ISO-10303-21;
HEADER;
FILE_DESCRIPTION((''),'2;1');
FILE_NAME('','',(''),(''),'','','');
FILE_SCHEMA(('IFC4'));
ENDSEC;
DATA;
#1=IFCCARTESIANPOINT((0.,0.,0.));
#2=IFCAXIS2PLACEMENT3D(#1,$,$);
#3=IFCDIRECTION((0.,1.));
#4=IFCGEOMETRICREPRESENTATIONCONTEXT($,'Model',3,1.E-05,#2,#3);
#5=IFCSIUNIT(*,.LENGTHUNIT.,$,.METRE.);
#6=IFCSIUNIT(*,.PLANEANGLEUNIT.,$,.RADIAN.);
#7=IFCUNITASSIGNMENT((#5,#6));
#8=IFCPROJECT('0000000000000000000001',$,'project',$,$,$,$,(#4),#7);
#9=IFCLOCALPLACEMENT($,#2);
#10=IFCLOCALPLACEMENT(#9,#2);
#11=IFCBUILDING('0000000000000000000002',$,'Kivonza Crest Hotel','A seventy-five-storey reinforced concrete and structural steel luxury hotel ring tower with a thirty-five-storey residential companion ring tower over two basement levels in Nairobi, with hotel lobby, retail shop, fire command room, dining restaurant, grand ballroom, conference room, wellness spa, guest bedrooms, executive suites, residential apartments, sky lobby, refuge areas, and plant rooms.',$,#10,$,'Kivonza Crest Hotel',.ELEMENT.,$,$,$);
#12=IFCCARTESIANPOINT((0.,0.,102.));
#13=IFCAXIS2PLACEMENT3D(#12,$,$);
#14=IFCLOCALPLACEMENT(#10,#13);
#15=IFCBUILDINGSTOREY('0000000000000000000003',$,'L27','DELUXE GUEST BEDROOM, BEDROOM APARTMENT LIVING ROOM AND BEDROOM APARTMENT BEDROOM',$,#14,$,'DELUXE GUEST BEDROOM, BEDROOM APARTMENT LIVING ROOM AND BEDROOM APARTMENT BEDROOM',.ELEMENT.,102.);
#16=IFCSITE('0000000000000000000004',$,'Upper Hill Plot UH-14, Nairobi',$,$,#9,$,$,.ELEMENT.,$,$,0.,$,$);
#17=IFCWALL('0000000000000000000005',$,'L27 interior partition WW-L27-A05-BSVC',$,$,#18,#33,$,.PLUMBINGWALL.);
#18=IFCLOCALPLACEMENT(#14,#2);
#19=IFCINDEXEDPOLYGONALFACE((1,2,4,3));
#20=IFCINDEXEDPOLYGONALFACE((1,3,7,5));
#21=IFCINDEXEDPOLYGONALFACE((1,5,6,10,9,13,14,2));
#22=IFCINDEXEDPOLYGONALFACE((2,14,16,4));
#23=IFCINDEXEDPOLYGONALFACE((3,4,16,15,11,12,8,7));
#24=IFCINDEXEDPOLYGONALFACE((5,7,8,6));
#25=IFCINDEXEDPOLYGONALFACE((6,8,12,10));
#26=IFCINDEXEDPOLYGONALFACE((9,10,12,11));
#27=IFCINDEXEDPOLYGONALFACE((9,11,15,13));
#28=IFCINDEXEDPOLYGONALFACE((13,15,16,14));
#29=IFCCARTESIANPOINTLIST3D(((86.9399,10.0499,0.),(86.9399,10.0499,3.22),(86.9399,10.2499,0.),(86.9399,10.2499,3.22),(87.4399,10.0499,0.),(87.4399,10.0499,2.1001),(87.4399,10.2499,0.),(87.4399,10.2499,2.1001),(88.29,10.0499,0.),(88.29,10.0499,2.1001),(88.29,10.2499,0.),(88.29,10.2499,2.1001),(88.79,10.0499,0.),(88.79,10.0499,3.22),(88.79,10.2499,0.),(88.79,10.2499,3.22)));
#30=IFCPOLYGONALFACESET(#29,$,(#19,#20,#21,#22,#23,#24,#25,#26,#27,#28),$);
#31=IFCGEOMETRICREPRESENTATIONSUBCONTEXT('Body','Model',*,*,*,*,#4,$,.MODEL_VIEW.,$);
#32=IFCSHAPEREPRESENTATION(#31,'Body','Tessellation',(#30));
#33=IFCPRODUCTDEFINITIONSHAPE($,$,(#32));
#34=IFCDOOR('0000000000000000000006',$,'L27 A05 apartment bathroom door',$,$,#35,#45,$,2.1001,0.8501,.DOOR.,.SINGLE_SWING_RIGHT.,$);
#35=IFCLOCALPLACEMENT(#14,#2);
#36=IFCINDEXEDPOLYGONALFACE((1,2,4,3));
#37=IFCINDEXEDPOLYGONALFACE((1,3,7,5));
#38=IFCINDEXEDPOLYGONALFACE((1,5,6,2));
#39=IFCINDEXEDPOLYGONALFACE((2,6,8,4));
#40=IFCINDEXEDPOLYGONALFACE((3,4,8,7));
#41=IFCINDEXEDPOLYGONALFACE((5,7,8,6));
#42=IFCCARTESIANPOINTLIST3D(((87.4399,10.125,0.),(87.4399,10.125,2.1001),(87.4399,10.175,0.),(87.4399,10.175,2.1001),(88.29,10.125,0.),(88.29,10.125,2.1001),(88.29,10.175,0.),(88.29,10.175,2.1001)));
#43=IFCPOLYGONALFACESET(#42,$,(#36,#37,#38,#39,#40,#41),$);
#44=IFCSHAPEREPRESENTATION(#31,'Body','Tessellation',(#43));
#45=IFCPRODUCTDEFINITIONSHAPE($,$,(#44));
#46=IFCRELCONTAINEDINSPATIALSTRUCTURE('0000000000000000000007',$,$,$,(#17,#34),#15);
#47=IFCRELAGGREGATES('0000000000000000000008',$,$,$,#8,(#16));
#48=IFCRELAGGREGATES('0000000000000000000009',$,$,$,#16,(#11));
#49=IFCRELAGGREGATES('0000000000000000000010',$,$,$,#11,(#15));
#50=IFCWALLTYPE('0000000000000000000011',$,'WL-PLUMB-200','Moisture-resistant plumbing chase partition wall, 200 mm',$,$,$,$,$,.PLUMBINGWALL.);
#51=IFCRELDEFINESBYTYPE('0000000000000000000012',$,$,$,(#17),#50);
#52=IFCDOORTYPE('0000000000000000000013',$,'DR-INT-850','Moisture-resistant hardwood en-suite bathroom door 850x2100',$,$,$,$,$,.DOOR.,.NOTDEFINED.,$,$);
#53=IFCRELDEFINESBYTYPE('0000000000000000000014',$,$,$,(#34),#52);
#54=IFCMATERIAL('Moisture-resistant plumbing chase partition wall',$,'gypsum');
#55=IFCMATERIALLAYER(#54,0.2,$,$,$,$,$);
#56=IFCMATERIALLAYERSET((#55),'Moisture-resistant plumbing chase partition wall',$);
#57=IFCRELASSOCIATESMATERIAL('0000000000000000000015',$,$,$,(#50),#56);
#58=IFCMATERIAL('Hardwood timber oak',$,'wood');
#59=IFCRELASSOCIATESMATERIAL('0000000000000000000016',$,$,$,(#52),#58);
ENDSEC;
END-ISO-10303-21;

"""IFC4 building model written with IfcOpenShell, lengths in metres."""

from ifc_helpers import new_model, si_unit, direction, frame, frame_2d, origin, place, context, subcontext, project, spatial, rectangle, extrude, material, layer, layer_set, type_object, element, fill, save


model = new_model("IFC4")

# Units and contexts
model_context = context("Model", 3, precision=1e-05, world=origin(), true_north=direction((0.0, 1.0)))
body_context = subcontext(model_context, "Body", "Model", "MODEL_VIEW")
ifc_project = project(units=[si_unit("LENGTHUNIT", "METRE"), si_unit("PLANEANGLEUNIT", "RADIAN")], contexts=[model_context])

# Site, building, storey
site_placement = place(None, origin())
site = spatial("IfcSite", under=ifc_project, at=site_placement, Name="Upper Hill Plot UH-14, Nairobi", CompositionType="ELEMENT", RefElevation=0.0)
building_placement = place(site_placement, origin())
building = spatial("IfcBuilding", under=site, at=building_placement, Name="Kivonza Crest Hotel", Description="A seventy-five-storey reinforced concrete and structural steel luxury hotel ring tower with a thirty-five-storey residential companion ring tower over two basement levels in Nairobi, with hotel lobby, retail shop, fire command room, dining restaurant, grand ballroom, conference room, wellness spa, guest bedrooms, executive suites, residential apartments, sky lobby, refuge areas, and plant rooms.", LongName="Kivonza Crest Hotel", CompositionType="ELEMENT")
storey_placement = place(building_placement, frame((0.0, 0.0, 102.0)))
storey = spatial("IfcBuildingStorey", under=building, at=storey_placement, Name="L27", Description="DELUXE GUEST BEDROOM, BEDROOM APARTMENT LIVING ROOM AND BEDROOM APARTMENT BEDROOM", LongName="DELUXE GUEST BEDROOM, BEDROOM APARTMENT LIVING ROOM AND BEDROOM APARTMENT BEDROOM", CompositionType="ELEMENT", Elevation=102.0)

# Shared definitions
ifc_material_1 = material(Name="Hardwood timber oak", Category="wood")

# Shared definitions
ifc_material_2 = material(Name="Moisture-resistant plumbing chase partition wall", Category="gypsum")
ifc_layer_1 = layer(ifc_material_2, 0.2)
ifc_layer_set_1 = layer_set([ifc_layer_1], Name="Moisture-resistant plumbing chase partition wall")
wall_type_1 = type_object("IfcWallType", Name="WL-PLUMB-200", Description="Moisture-resistant plumbing chase partition wall, 200 mm", PredefinedType="PLUMBINGWALL", material=ifc_layer_set_1)

# Wall, opening, door
wall_1_placement = place(storey_placement, frame((86.9399, 10.1499, 0.0), z_axis=(0.0, 0.0, 1.0), x_axis=(1.0, 0.0, 0.0)))
wall_1 = element("IfcWall", 1, at=wall_1_placement, inside=storey, type_object=wall_type_1, Name="L27 interior partition WW-L27-A05-BSVC", PredefinedType="PLUMBINGWALL", context=body_context, shape_type="SweptSolid", body=[
    extrude(rectangle(XDim=1.8501, YDim=0.2, at=frame_2d((0.925, 0.0))), origin(), (0.0, 0.0, 1.0), 3.22),
])
opening_1_placement = place(wall_1_placement, frame((0.5, 0.0, 0.0)))
opening_1 = element("IfcOpeningElement", 2, at=opening_1_placement, cuts=wall_1, PredefinedType="OPENING", context=body_context, shape_type="SweptSolid", body=[
    extrude(rectangle(XDim=0.8501, YDim=2.1001, at=frame_2d((0.425, 1.05))), frame((0.0, 0.1099, 0.0), z_axis=(0.0, -1.0, 0.0), x_axis=(1.0, 0.0, 0.0)), (0.0, 0.0, 1.0), 0.22),
])
door_type_1 = type_object("IfcDoorType", Name="DR-INT-850", Description="Moisture-resistant hardwood en-suite bathroom door 850x2100", OperationType="NOTDEFINED", PredefinedType="DOOR", material=ifc_material_1)
door_1_placement = place(opening_1_placement, frame((0.8501, 0.0, 0.0), z_axis=(0.0, 0.0, 1.0), x_axis=(-1.0, 0.0, 0.0)))
door_1 = element("IfcDoor", 3, at=door_1_placement, inside=storey, type_object=door_type_1, Name="L27 A05 apartment bathroom door", OperationType="SINGLE_SWING_RIGHT", OverallHeight=2.1001, OverallWidth=0.8501, PredefinedType="DOOR", context=body_context, shape_type="SweptSolid", body=[
    extrude(rectangle(XDim=0.8501, YDim=2.1001, at=frame_2d((0.425, 1.05))), frame((0.0, 0.0249, 0.0), z_axis=(0.0, -1.0, 0.0), x_axis=(1.0, 0.0, 0.0)), (0.0, 0.0, 1.0), 0.05),
])
fill(opening_1, door_1)

save(model, "model.ifc")
